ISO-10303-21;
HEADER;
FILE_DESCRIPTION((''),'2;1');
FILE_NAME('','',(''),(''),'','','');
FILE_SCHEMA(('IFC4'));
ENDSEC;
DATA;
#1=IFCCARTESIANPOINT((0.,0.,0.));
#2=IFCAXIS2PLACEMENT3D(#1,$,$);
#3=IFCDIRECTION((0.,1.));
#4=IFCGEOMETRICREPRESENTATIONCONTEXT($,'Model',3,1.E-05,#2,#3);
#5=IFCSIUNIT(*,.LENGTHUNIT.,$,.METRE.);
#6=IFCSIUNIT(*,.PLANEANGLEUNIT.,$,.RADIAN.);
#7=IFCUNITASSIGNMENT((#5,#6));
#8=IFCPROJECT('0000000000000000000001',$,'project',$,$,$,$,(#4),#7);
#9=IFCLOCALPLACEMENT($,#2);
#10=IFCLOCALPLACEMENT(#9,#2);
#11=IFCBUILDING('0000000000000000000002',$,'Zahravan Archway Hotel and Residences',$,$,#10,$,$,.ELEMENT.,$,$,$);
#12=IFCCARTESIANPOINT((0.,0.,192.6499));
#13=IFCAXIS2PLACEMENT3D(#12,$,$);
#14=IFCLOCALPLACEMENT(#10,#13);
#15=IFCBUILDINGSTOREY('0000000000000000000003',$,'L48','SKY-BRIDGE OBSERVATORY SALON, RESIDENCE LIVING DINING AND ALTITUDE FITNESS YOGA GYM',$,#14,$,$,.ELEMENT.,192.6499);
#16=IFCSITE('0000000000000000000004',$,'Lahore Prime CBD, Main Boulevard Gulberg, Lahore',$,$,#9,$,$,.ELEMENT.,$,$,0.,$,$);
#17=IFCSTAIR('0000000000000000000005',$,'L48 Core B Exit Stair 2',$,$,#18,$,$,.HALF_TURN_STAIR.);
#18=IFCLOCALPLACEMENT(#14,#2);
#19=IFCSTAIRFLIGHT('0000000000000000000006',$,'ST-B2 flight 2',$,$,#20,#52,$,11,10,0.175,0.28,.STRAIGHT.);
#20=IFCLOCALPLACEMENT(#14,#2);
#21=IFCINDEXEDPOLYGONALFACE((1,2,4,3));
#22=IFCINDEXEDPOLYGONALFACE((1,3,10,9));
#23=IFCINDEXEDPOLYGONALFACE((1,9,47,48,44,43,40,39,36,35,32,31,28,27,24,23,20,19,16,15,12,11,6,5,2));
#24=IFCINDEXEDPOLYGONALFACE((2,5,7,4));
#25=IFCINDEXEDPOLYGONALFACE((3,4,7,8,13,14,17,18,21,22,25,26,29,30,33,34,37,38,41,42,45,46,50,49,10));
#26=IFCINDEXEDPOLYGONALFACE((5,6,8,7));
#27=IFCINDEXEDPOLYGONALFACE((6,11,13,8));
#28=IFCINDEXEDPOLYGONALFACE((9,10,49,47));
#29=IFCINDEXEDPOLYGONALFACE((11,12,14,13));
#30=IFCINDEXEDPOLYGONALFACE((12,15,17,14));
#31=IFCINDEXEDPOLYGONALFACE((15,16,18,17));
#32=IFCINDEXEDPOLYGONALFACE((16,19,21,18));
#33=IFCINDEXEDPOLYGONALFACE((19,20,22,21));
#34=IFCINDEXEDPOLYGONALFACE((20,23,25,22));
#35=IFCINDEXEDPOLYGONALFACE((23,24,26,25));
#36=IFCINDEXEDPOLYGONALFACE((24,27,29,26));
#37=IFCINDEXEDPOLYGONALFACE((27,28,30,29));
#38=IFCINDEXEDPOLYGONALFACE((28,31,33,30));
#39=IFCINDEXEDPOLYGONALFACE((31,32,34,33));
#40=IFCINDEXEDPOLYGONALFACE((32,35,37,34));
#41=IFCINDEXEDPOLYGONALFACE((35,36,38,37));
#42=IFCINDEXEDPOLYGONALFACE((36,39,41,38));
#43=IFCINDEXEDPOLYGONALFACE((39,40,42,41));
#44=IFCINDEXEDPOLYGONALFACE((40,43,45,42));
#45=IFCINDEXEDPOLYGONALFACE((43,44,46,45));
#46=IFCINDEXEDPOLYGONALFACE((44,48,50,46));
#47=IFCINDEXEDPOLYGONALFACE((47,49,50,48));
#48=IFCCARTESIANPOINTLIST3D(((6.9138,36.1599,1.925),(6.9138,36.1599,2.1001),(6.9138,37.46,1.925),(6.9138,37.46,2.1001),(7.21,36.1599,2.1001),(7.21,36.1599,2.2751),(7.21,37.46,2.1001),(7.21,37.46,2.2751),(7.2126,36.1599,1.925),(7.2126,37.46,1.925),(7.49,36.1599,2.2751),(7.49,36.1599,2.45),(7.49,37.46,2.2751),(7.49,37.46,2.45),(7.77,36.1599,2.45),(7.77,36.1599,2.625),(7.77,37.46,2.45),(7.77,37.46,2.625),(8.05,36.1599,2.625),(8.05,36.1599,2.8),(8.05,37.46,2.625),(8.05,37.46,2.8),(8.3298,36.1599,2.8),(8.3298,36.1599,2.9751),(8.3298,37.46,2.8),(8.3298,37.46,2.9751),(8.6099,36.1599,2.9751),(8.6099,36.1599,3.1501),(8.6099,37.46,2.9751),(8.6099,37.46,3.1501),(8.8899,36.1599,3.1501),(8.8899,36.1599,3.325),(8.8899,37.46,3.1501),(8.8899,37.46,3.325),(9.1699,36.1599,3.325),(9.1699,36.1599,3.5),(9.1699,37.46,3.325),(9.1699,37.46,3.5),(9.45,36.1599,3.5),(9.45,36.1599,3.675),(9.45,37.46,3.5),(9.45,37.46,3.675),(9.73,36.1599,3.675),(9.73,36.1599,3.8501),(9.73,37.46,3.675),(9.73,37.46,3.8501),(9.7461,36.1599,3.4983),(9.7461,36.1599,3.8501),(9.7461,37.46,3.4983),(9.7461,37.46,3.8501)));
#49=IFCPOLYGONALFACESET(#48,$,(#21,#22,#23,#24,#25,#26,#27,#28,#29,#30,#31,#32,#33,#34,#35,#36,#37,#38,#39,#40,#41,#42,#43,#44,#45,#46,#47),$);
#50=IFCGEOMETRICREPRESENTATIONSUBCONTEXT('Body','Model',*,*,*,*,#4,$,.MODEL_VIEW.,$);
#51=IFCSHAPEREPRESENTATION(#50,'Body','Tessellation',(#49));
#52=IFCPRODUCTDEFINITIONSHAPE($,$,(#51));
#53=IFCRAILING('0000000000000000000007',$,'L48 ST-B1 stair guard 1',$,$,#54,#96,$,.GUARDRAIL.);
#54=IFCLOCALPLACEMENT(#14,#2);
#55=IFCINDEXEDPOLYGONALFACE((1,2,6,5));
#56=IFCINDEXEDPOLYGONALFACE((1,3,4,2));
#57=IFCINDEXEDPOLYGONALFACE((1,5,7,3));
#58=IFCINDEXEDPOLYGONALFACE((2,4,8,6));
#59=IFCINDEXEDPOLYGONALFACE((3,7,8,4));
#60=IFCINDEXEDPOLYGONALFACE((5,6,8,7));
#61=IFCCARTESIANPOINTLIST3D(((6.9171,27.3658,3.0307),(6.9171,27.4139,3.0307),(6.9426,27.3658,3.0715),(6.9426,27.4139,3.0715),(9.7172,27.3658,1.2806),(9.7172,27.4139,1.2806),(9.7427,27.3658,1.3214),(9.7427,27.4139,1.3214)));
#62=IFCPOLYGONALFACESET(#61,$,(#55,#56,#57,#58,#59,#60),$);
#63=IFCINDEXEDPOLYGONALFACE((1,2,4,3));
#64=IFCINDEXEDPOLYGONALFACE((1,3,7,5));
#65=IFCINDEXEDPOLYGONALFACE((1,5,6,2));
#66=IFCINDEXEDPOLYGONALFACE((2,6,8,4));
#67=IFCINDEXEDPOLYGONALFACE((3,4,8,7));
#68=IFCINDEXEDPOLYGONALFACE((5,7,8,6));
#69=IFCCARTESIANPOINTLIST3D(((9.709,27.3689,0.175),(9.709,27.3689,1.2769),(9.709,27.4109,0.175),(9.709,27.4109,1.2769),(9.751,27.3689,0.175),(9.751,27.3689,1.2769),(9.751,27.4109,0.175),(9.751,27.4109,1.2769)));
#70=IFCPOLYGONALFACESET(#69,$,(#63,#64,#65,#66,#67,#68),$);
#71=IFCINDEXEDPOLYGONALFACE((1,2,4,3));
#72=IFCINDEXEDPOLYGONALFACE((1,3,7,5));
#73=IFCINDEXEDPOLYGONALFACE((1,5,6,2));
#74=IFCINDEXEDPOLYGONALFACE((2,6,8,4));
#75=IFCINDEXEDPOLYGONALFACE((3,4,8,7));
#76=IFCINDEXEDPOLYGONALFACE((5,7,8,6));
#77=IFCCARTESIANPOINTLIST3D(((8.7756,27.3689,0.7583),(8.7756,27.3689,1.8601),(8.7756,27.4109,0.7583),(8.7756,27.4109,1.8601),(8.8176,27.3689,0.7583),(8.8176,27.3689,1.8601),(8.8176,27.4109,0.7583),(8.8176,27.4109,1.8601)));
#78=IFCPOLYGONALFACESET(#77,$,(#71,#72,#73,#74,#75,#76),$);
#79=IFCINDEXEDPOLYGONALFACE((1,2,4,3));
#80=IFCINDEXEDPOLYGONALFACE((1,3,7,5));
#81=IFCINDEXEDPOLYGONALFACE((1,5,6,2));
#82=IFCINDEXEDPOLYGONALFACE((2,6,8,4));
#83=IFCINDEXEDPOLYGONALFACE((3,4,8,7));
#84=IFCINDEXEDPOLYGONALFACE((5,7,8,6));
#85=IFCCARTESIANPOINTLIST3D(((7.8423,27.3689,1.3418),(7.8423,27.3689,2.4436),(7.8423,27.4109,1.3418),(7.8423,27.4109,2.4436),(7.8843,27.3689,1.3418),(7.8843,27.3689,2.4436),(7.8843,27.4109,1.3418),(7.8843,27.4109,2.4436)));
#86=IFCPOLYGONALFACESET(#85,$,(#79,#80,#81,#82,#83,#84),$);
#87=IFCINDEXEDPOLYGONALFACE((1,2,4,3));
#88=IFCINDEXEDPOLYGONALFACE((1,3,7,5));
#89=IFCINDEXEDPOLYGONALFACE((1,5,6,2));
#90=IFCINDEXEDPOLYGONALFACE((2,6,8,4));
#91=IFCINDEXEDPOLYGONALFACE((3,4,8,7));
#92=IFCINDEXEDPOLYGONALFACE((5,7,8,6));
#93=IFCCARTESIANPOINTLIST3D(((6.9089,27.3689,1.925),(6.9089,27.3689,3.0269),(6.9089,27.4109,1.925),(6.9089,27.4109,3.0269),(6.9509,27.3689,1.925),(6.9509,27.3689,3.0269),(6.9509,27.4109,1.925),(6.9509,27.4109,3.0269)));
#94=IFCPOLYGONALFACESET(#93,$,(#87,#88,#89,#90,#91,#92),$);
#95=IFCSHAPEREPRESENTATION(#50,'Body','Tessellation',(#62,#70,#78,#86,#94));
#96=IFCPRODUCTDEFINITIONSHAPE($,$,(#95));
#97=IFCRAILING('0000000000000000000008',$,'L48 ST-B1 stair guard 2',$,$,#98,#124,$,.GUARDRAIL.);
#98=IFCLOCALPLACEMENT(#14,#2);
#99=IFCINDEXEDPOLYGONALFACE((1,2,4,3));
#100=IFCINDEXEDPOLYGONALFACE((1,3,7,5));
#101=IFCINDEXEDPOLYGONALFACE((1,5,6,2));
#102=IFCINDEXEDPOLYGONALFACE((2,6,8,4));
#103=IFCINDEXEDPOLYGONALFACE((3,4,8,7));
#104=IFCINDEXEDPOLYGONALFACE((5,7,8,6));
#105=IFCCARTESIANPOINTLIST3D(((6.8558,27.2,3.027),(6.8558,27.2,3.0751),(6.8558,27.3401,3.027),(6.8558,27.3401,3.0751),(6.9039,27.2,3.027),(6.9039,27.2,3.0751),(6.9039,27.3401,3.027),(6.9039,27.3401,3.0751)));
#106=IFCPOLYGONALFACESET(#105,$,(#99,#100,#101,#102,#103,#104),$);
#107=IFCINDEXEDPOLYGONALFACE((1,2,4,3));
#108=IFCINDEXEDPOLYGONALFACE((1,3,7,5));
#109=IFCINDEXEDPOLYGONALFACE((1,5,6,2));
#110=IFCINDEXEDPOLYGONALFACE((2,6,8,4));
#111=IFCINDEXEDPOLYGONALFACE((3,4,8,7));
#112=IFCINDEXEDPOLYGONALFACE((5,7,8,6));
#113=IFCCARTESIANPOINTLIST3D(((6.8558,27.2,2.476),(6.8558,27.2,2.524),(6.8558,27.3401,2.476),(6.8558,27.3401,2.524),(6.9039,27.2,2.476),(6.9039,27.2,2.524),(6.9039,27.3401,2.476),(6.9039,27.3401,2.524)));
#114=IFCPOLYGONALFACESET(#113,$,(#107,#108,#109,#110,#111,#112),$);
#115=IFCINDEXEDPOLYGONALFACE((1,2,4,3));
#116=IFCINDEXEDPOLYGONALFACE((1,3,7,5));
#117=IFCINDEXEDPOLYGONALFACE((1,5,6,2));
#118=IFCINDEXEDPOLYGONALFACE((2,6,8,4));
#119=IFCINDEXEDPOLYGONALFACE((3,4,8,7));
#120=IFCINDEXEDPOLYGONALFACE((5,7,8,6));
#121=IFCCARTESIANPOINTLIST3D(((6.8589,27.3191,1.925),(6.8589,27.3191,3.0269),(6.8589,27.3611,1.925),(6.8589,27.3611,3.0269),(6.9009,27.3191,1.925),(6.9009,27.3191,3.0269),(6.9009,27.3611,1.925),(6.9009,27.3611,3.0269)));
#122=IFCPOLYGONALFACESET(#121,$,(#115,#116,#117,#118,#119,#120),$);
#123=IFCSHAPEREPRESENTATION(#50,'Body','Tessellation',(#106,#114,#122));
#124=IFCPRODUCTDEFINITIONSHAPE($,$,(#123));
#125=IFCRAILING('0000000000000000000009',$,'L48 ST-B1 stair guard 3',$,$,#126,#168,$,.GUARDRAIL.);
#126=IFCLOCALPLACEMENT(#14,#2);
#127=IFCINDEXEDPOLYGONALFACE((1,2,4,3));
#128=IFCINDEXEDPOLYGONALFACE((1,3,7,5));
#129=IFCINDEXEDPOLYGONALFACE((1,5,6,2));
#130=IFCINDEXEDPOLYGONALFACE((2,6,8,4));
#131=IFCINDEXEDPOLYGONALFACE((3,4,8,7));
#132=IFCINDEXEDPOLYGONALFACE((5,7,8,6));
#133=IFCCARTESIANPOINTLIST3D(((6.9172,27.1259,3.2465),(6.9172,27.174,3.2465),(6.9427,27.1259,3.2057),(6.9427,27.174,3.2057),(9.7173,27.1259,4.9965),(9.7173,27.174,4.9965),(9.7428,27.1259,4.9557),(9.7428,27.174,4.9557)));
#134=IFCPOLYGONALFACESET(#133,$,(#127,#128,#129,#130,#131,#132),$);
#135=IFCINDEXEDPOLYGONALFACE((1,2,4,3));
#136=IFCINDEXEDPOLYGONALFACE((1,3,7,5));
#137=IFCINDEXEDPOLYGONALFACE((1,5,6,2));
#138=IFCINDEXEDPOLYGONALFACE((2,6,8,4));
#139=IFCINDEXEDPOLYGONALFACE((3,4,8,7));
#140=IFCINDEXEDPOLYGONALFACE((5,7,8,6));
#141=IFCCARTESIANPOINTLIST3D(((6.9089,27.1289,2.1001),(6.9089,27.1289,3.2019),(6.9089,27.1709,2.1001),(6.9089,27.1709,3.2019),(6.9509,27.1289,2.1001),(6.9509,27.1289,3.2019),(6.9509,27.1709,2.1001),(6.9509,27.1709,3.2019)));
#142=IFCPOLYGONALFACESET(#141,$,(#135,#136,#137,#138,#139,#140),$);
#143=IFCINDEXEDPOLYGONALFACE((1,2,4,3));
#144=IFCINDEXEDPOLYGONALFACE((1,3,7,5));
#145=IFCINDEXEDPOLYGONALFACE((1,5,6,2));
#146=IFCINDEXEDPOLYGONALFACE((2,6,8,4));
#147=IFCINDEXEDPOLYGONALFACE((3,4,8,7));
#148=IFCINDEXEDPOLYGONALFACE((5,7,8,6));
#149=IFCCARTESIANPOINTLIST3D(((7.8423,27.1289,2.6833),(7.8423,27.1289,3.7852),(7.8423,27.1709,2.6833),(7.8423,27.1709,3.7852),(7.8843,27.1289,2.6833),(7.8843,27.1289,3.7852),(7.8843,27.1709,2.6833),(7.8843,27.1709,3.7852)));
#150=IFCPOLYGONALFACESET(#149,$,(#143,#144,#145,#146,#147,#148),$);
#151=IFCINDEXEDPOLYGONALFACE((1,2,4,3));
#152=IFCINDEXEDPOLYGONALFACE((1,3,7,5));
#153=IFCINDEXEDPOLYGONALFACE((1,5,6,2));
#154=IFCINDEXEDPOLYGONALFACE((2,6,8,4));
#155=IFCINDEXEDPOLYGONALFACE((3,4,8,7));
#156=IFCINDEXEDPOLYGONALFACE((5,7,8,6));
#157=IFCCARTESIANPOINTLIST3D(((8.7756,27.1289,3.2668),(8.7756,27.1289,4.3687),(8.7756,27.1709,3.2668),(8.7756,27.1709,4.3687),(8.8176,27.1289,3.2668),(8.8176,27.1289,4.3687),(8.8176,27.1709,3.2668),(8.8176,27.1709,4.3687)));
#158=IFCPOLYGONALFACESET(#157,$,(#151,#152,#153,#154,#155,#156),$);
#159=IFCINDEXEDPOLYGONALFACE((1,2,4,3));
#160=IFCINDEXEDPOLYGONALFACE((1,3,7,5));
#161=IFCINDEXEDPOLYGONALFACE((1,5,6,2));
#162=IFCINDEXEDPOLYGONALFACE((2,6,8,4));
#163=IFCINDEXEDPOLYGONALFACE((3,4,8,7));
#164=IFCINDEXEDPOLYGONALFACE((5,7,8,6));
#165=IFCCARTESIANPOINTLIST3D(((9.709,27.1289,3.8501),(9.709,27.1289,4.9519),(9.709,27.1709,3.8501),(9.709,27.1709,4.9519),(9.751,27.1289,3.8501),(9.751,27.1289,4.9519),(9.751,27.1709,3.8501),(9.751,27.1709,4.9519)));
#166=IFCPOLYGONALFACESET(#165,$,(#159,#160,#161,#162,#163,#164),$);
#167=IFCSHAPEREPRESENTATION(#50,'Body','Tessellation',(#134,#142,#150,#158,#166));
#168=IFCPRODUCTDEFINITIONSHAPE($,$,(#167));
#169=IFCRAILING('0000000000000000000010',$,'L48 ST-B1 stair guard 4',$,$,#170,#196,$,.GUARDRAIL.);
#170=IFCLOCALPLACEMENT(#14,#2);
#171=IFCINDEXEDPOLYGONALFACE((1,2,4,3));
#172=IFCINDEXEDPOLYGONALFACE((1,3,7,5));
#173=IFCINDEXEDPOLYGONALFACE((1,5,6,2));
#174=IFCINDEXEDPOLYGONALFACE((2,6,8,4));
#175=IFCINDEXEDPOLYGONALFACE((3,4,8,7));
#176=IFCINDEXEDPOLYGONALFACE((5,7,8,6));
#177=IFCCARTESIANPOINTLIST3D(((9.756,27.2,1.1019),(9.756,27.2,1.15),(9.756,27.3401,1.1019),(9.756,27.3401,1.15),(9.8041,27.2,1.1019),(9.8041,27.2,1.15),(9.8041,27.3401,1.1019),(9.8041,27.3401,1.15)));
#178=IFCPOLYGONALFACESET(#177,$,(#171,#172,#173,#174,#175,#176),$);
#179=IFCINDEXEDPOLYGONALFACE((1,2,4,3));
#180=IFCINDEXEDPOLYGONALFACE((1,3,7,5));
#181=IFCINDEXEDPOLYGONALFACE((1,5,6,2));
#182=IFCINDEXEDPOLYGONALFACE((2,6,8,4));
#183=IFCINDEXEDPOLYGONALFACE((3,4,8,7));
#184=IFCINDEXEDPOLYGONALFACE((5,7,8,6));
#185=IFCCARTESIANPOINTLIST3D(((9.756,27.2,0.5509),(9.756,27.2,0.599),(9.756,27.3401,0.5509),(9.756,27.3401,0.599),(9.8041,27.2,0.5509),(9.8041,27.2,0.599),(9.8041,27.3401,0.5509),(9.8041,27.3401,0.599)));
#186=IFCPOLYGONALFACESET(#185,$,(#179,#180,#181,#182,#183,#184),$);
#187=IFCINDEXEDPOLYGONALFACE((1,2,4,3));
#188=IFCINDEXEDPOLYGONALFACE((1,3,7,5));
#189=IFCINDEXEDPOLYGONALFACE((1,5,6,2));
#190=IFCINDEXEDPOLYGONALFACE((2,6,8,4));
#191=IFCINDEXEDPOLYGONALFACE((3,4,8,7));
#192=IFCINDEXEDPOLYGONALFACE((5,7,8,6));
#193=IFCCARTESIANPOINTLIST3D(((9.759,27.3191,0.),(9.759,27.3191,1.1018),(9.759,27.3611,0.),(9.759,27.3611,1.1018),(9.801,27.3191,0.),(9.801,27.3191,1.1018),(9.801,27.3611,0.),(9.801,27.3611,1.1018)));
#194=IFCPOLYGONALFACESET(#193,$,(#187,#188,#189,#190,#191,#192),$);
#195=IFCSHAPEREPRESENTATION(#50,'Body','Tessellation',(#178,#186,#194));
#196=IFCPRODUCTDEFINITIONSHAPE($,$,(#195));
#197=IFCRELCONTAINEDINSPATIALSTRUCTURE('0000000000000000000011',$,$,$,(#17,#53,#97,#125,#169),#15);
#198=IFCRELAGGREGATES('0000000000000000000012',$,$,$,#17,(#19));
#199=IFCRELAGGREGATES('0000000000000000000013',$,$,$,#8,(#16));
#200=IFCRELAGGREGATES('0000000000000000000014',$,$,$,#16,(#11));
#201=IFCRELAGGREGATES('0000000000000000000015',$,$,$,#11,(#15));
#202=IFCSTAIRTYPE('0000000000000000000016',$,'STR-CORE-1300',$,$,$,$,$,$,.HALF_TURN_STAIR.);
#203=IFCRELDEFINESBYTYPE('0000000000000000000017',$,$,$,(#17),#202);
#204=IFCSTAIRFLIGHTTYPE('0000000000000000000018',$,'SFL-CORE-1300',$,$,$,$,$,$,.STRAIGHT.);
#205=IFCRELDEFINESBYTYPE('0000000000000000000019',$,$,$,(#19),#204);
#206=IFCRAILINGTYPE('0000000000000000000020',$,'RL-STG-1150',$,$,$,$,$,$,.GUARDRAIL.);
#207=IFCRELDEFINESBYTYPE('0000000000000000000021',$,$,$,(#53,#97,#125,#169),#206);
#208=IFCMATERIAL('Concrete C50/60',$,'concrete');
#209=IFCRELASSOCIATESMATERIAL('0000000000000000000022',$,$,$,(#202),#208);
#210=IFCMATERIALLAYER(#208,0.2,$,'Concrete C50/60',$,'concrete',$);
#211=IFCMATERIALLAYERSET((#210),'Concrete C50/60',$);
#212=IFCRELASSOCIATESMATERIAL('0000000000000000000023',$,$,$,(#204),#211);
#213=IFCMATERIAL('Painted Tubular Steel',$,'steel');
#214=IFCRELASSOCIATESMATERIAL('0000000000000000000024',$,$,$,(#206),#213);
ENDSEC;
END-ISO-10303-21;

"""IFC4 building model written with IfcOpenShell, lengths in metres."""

from ifc_helpers import new_model, si_unit, direction, frame, origin, origin_2d, place, context, subcontext, project, spatial, polyline, rectangle, outline, extrude, source, transform, mapped, material, layer, layer_set, type_object, element, aggregate, save


model = new_model("IFC4")

# Units and contexts
model_context = context("Model", 3, precision=1e-05, world=origin(), true_north=direction((0.0, 1.0)))
body_context = subcontext(model_context, "Body", "Model", "MODEL_VIEW")
ifc_project = project(units=[si_unit("LENGTHUNIT", "METRE"), si_unit("PLANEANGLEUNIT", "RADIAN")], contexts=[model_context])

# Site, building, storey
site_placement = place(None, origin())
site = spatial("IfcSite", under=ifc_project, at=site_placement, Name="Lahore Prime CBD, Main Boulevard Gulberg, Lahore", CompositionType="ELEMENT", RefElevation=0.0)
building_placement = place(site_placement, origin())
building = spatial("IfcBuilding", under=site, at=building_placement, Name="Zahravan Archway Hotel and Residences", CompositionType="ELEMENT")
storey_placement = place(building_placement, frame((0.0, 0.0, 192.6499)))
storey = spatial("IfcBuildingStorey", under=building, at=storey_placement, Name="L48", Description="SKY-BRIDGE OBSERVATORY SALON, RESIDENCE LIVING DINING AND ALTITUDE FITNESS YOGA GYM", CompositionType="ELEMENT", Elevation=192.6499)

# Shared definitions
ifc_material_1 = material(Name="Concrete C50/60", Category="concrete")

# Shared definitions
stair_type = type_object("IfcStairType", Name="STR-CORE-1300", PredefinedType="HALF_TURN_STAIR", material=ifc_material_1)
ifc_layer_1 = layer(ifc_material_1, 0.2, Name="Concrete C50/60", Category="concrete")
ifc_layer_set_1 = layer_set([ifc_layer_1], Name="Concrete C50/60")
stair_flight_type = type_object("IfcStairFlightType", Name="SFL-CORE-1300", PredefinedType="STRAIGHT", material=ifc_layer_set_1)
shared_shape_1 = source(origin(), body_context, "Body", "SweptSolid", [
    extrude(outline(polyline([(-0.0161, 0.0), (-0.0161, 0.175), (0.28, 0.175), (0.28, 0.3501), (0.5601, 0.3501), (0.5601, 0.5249), (0.8401, 0.5249), (0.8401, 0.7), (1.1201, 0.7), (1.1201, 0.875), (1.3999, 0.875), (1.3999, 1.05), (1.6799, 1.05), (1.6799, 1.2251), (1.96, 1.2251), (1.96, 1.3999), (2.24, 1.3999), (2.24, 1.575), (2.52, 1.575), (2.52, 1.75), (2.8, 1.75), (2.8, 1.925), (2.8162, 1.925), (2.8162, 1.5732), (0.2827, 0.0), (-0.0161, 0.0)])), frame((0.0, 0.6499, 0.0), z_axis=(0.0, -1.0, 0.0), x_axis=(1.0, 0.0, 0.0)), (0.0, 0.0, 1.0), 1.3),
])

# Stair, stair flight
stair_1_placement = place(storey_placement, origin())
stair_1 = element("IfcStair", 1, at=stair_1_placement, inside=storey, type_object=stair_type, Name="L48 Core B Exit Stair 2", PredefinedType="HALF_TURN_STAIR")
stair_flight_1_placement = place(storey_placement, frame((6.9299, 36.8101, 1.925), z_axis=(0.0, 0.0, 1.0), x_axis=(1.0, 0.0, 0.0)))
stair_flight_1 = element("IfcStairFlight", 2, at=stair_flight_1_placement, type_object=stair_flight_type, Name="ST-B2 flight 2", NumberOfRisers=11, NumberOfTreads=10, PredefinedType="STRAIGHT", RiserHeight=0.175, TreadLength=0.28, context=body_context, shape_type="MappedRepresentation", body=[
    mapped(shared_shape_1, transform((0.0, 0.0, 0.0), scale=1.0)),
])
aggregate(stair_1, [stair_flight_1])

# Railings
ifc_material_2 = material(Name="Painted Tubular Steel", Category="steel")
railing_type_1 = type_object("IfcRailingType", Name="RL-STG-1150", PredefinedType="GUARDRAIL", material=ifc_material_2)
railing_1_placement = place(storey_placement, frame((9.73, 27.3899, 0.175)))
element("IfcRailing", 3, at=railing_1_placement, inside=storey, type_object=railing_type_1, Name="L48 ST-B1 stair guard 1", PredefinedType="GUARDRAIL", context=body_context, shape_type="SweptSolid", body=[
    extrude(rectangle(XDim=0.0481, YDim=0.0481, at=origin_2d()), frame((0.0, 0.0, 1.126), z_axis=(-0.848002, 0.0, 0.529992), x_axis=(0.0, -1.0, 0.0)), (0.0, 0.0, 1.0), 3.302),
    extrude(rectangle(XDim=0.042, YDim=0.042, at=origin_2d()), origin(), (0.0, 0.0, 1.0), 1.1018),
    extrude(rectangle(XDim=0.042, YDim=0.042, at=origin_2d()), frame((-0.9333, 0.0, 0.5833)), (0.0, 0.0, 1.0), 1.1018),
    extrude(rectangle(XDim=0.042, YDim=0.042, at=origin_2d()), frame((-1.8667, 0.0, 1.1667)), (0.0, 0.0, 1.0), 1.1018),
    extrude(rectangle(XDim=0.042, YDim=0.042, at=origin_2d()), frame((-2.8, 0.0, 1.75)), (0.0, 0.0, 1.0), 1.1018),
])
railing_2_placement = place(storey_placement, frame((6.8799, 27.3401, 1.925)))
element("IfcRailing", 4, at=railing_2_placement, inside=storey, type_object=railing_type_1, Name="L48 ST-B1 stair guard 2", PredefinedType="GUARDRAIL", context=body_context, shape_type="SweptSolid", body=[
    extrude(rectangle(XDim=0.0481, YDim=0.0481, at=origin_2d()), frame((0.0, 0.0, 1.126), z_axis=(0.0, -1.0, 0.0), x_axis=(1.0, 0.0, 0.0)), (0.0, 0.0, 1.0), 0.1401),
    extrude(rectangle(XDim=0.0481, YDim=0.0481, at=origin_2d()), frame((0.0, 0.0, 0.575), z_axis=(0.0, -1.0, 0.0), x_axis=(1.0, 0.0, 0.0)), (0.0, 0.0, 1.0), 0.1401),
    extrude(rectangle(XDim=0.042, YDim=0.042, at=origin_2d()), origin(), (0.0, 0.0, 1.0), 1.1018),
])
railing_3_placement = place(storey_placement, frame((6.9299, 27.1499, 2.1001)))
element("IfcRailing", 5, at=railing_3_placement, inside=storey, type_object=railing_type_1, Name="L48 ST-B1 stair guard 3", PredefinedType="GUARDRAIL", context=body_context, shape_type="SweptSolid", body=[
    extrude(rectangle(XDim=0.0481, YDim=0.0481, at=origin_2d()), frame((0.0, 0.0, 1.126), z_axis=(0.848002, 0.0, 0.529992), x_axis=(0.0, 1.0, 0.0)), (0.0, 0.0, 1.0), 3.302),
    extrude(rectangle(XDim=0.042, YDim=0.042, at=origin_2d()), origin(), (0.0, 0.0, 1.0), 1.1018),
    extrude(rectangle(XDim=0.042, YDim=0.042, at=origin_2d()), frame((0.9333, 0.0, 0.5833)), (0.0, 0.0, 1.0), 1.1018),
    extrude(rectangle(XDim=0.042, YDim=0.042, at=origin_2d()), frame((1.8667, 0.0, 1.1667)), (0.0, 0.0, 1.0), 1.1018),
    extrude(rectangle(XDim=0.042, YDim=0.042, at=origin_2d()), frame((2.8, 0.0, 1.75)), (0.0, 0.0, 1.0), 1.1018),
])
for number, where, name in (
    (6, (9.78, 27.3401, 0.0), "L48 ST-B1 stair guard 4"),
):
    element("IfcRailing", number, at=place(storey_placement, frame(where)), inside=storey, type_object=railing_type_1, Name=name, PredefinedType="GUARDRAIL", context=body_context, shape_type="SweptSolid", body=[
        extrude(rectangle(XDim=0.0481, YDim=0.0481, at=origin_2d()), frame((0.0, 0.0, 1.126), z_axis=(0.0, -1.0, 0.0), x_axis=(1.0, 0.0, 0.0)), (0.0, 0.0, 1.0), 0.1401),
        extrude(rectangle(XDim=0.0481, YDim=0.0481, at=origin_2d()), frame((0.0, 0.0, 0.575), z_axis=(0.0, -1.0, 0.0), x_axis=(1.0, 0.0, 0.0)), (0.0, 0.0, 1.0), 0.1401),
        extrude(rectangle(XDim=0.042, YDim=0.042, at=origin_2d()), origin(), (0.0, 0.0, 1.0), 1.1018),
    ])

save(model, "model.ifc")
